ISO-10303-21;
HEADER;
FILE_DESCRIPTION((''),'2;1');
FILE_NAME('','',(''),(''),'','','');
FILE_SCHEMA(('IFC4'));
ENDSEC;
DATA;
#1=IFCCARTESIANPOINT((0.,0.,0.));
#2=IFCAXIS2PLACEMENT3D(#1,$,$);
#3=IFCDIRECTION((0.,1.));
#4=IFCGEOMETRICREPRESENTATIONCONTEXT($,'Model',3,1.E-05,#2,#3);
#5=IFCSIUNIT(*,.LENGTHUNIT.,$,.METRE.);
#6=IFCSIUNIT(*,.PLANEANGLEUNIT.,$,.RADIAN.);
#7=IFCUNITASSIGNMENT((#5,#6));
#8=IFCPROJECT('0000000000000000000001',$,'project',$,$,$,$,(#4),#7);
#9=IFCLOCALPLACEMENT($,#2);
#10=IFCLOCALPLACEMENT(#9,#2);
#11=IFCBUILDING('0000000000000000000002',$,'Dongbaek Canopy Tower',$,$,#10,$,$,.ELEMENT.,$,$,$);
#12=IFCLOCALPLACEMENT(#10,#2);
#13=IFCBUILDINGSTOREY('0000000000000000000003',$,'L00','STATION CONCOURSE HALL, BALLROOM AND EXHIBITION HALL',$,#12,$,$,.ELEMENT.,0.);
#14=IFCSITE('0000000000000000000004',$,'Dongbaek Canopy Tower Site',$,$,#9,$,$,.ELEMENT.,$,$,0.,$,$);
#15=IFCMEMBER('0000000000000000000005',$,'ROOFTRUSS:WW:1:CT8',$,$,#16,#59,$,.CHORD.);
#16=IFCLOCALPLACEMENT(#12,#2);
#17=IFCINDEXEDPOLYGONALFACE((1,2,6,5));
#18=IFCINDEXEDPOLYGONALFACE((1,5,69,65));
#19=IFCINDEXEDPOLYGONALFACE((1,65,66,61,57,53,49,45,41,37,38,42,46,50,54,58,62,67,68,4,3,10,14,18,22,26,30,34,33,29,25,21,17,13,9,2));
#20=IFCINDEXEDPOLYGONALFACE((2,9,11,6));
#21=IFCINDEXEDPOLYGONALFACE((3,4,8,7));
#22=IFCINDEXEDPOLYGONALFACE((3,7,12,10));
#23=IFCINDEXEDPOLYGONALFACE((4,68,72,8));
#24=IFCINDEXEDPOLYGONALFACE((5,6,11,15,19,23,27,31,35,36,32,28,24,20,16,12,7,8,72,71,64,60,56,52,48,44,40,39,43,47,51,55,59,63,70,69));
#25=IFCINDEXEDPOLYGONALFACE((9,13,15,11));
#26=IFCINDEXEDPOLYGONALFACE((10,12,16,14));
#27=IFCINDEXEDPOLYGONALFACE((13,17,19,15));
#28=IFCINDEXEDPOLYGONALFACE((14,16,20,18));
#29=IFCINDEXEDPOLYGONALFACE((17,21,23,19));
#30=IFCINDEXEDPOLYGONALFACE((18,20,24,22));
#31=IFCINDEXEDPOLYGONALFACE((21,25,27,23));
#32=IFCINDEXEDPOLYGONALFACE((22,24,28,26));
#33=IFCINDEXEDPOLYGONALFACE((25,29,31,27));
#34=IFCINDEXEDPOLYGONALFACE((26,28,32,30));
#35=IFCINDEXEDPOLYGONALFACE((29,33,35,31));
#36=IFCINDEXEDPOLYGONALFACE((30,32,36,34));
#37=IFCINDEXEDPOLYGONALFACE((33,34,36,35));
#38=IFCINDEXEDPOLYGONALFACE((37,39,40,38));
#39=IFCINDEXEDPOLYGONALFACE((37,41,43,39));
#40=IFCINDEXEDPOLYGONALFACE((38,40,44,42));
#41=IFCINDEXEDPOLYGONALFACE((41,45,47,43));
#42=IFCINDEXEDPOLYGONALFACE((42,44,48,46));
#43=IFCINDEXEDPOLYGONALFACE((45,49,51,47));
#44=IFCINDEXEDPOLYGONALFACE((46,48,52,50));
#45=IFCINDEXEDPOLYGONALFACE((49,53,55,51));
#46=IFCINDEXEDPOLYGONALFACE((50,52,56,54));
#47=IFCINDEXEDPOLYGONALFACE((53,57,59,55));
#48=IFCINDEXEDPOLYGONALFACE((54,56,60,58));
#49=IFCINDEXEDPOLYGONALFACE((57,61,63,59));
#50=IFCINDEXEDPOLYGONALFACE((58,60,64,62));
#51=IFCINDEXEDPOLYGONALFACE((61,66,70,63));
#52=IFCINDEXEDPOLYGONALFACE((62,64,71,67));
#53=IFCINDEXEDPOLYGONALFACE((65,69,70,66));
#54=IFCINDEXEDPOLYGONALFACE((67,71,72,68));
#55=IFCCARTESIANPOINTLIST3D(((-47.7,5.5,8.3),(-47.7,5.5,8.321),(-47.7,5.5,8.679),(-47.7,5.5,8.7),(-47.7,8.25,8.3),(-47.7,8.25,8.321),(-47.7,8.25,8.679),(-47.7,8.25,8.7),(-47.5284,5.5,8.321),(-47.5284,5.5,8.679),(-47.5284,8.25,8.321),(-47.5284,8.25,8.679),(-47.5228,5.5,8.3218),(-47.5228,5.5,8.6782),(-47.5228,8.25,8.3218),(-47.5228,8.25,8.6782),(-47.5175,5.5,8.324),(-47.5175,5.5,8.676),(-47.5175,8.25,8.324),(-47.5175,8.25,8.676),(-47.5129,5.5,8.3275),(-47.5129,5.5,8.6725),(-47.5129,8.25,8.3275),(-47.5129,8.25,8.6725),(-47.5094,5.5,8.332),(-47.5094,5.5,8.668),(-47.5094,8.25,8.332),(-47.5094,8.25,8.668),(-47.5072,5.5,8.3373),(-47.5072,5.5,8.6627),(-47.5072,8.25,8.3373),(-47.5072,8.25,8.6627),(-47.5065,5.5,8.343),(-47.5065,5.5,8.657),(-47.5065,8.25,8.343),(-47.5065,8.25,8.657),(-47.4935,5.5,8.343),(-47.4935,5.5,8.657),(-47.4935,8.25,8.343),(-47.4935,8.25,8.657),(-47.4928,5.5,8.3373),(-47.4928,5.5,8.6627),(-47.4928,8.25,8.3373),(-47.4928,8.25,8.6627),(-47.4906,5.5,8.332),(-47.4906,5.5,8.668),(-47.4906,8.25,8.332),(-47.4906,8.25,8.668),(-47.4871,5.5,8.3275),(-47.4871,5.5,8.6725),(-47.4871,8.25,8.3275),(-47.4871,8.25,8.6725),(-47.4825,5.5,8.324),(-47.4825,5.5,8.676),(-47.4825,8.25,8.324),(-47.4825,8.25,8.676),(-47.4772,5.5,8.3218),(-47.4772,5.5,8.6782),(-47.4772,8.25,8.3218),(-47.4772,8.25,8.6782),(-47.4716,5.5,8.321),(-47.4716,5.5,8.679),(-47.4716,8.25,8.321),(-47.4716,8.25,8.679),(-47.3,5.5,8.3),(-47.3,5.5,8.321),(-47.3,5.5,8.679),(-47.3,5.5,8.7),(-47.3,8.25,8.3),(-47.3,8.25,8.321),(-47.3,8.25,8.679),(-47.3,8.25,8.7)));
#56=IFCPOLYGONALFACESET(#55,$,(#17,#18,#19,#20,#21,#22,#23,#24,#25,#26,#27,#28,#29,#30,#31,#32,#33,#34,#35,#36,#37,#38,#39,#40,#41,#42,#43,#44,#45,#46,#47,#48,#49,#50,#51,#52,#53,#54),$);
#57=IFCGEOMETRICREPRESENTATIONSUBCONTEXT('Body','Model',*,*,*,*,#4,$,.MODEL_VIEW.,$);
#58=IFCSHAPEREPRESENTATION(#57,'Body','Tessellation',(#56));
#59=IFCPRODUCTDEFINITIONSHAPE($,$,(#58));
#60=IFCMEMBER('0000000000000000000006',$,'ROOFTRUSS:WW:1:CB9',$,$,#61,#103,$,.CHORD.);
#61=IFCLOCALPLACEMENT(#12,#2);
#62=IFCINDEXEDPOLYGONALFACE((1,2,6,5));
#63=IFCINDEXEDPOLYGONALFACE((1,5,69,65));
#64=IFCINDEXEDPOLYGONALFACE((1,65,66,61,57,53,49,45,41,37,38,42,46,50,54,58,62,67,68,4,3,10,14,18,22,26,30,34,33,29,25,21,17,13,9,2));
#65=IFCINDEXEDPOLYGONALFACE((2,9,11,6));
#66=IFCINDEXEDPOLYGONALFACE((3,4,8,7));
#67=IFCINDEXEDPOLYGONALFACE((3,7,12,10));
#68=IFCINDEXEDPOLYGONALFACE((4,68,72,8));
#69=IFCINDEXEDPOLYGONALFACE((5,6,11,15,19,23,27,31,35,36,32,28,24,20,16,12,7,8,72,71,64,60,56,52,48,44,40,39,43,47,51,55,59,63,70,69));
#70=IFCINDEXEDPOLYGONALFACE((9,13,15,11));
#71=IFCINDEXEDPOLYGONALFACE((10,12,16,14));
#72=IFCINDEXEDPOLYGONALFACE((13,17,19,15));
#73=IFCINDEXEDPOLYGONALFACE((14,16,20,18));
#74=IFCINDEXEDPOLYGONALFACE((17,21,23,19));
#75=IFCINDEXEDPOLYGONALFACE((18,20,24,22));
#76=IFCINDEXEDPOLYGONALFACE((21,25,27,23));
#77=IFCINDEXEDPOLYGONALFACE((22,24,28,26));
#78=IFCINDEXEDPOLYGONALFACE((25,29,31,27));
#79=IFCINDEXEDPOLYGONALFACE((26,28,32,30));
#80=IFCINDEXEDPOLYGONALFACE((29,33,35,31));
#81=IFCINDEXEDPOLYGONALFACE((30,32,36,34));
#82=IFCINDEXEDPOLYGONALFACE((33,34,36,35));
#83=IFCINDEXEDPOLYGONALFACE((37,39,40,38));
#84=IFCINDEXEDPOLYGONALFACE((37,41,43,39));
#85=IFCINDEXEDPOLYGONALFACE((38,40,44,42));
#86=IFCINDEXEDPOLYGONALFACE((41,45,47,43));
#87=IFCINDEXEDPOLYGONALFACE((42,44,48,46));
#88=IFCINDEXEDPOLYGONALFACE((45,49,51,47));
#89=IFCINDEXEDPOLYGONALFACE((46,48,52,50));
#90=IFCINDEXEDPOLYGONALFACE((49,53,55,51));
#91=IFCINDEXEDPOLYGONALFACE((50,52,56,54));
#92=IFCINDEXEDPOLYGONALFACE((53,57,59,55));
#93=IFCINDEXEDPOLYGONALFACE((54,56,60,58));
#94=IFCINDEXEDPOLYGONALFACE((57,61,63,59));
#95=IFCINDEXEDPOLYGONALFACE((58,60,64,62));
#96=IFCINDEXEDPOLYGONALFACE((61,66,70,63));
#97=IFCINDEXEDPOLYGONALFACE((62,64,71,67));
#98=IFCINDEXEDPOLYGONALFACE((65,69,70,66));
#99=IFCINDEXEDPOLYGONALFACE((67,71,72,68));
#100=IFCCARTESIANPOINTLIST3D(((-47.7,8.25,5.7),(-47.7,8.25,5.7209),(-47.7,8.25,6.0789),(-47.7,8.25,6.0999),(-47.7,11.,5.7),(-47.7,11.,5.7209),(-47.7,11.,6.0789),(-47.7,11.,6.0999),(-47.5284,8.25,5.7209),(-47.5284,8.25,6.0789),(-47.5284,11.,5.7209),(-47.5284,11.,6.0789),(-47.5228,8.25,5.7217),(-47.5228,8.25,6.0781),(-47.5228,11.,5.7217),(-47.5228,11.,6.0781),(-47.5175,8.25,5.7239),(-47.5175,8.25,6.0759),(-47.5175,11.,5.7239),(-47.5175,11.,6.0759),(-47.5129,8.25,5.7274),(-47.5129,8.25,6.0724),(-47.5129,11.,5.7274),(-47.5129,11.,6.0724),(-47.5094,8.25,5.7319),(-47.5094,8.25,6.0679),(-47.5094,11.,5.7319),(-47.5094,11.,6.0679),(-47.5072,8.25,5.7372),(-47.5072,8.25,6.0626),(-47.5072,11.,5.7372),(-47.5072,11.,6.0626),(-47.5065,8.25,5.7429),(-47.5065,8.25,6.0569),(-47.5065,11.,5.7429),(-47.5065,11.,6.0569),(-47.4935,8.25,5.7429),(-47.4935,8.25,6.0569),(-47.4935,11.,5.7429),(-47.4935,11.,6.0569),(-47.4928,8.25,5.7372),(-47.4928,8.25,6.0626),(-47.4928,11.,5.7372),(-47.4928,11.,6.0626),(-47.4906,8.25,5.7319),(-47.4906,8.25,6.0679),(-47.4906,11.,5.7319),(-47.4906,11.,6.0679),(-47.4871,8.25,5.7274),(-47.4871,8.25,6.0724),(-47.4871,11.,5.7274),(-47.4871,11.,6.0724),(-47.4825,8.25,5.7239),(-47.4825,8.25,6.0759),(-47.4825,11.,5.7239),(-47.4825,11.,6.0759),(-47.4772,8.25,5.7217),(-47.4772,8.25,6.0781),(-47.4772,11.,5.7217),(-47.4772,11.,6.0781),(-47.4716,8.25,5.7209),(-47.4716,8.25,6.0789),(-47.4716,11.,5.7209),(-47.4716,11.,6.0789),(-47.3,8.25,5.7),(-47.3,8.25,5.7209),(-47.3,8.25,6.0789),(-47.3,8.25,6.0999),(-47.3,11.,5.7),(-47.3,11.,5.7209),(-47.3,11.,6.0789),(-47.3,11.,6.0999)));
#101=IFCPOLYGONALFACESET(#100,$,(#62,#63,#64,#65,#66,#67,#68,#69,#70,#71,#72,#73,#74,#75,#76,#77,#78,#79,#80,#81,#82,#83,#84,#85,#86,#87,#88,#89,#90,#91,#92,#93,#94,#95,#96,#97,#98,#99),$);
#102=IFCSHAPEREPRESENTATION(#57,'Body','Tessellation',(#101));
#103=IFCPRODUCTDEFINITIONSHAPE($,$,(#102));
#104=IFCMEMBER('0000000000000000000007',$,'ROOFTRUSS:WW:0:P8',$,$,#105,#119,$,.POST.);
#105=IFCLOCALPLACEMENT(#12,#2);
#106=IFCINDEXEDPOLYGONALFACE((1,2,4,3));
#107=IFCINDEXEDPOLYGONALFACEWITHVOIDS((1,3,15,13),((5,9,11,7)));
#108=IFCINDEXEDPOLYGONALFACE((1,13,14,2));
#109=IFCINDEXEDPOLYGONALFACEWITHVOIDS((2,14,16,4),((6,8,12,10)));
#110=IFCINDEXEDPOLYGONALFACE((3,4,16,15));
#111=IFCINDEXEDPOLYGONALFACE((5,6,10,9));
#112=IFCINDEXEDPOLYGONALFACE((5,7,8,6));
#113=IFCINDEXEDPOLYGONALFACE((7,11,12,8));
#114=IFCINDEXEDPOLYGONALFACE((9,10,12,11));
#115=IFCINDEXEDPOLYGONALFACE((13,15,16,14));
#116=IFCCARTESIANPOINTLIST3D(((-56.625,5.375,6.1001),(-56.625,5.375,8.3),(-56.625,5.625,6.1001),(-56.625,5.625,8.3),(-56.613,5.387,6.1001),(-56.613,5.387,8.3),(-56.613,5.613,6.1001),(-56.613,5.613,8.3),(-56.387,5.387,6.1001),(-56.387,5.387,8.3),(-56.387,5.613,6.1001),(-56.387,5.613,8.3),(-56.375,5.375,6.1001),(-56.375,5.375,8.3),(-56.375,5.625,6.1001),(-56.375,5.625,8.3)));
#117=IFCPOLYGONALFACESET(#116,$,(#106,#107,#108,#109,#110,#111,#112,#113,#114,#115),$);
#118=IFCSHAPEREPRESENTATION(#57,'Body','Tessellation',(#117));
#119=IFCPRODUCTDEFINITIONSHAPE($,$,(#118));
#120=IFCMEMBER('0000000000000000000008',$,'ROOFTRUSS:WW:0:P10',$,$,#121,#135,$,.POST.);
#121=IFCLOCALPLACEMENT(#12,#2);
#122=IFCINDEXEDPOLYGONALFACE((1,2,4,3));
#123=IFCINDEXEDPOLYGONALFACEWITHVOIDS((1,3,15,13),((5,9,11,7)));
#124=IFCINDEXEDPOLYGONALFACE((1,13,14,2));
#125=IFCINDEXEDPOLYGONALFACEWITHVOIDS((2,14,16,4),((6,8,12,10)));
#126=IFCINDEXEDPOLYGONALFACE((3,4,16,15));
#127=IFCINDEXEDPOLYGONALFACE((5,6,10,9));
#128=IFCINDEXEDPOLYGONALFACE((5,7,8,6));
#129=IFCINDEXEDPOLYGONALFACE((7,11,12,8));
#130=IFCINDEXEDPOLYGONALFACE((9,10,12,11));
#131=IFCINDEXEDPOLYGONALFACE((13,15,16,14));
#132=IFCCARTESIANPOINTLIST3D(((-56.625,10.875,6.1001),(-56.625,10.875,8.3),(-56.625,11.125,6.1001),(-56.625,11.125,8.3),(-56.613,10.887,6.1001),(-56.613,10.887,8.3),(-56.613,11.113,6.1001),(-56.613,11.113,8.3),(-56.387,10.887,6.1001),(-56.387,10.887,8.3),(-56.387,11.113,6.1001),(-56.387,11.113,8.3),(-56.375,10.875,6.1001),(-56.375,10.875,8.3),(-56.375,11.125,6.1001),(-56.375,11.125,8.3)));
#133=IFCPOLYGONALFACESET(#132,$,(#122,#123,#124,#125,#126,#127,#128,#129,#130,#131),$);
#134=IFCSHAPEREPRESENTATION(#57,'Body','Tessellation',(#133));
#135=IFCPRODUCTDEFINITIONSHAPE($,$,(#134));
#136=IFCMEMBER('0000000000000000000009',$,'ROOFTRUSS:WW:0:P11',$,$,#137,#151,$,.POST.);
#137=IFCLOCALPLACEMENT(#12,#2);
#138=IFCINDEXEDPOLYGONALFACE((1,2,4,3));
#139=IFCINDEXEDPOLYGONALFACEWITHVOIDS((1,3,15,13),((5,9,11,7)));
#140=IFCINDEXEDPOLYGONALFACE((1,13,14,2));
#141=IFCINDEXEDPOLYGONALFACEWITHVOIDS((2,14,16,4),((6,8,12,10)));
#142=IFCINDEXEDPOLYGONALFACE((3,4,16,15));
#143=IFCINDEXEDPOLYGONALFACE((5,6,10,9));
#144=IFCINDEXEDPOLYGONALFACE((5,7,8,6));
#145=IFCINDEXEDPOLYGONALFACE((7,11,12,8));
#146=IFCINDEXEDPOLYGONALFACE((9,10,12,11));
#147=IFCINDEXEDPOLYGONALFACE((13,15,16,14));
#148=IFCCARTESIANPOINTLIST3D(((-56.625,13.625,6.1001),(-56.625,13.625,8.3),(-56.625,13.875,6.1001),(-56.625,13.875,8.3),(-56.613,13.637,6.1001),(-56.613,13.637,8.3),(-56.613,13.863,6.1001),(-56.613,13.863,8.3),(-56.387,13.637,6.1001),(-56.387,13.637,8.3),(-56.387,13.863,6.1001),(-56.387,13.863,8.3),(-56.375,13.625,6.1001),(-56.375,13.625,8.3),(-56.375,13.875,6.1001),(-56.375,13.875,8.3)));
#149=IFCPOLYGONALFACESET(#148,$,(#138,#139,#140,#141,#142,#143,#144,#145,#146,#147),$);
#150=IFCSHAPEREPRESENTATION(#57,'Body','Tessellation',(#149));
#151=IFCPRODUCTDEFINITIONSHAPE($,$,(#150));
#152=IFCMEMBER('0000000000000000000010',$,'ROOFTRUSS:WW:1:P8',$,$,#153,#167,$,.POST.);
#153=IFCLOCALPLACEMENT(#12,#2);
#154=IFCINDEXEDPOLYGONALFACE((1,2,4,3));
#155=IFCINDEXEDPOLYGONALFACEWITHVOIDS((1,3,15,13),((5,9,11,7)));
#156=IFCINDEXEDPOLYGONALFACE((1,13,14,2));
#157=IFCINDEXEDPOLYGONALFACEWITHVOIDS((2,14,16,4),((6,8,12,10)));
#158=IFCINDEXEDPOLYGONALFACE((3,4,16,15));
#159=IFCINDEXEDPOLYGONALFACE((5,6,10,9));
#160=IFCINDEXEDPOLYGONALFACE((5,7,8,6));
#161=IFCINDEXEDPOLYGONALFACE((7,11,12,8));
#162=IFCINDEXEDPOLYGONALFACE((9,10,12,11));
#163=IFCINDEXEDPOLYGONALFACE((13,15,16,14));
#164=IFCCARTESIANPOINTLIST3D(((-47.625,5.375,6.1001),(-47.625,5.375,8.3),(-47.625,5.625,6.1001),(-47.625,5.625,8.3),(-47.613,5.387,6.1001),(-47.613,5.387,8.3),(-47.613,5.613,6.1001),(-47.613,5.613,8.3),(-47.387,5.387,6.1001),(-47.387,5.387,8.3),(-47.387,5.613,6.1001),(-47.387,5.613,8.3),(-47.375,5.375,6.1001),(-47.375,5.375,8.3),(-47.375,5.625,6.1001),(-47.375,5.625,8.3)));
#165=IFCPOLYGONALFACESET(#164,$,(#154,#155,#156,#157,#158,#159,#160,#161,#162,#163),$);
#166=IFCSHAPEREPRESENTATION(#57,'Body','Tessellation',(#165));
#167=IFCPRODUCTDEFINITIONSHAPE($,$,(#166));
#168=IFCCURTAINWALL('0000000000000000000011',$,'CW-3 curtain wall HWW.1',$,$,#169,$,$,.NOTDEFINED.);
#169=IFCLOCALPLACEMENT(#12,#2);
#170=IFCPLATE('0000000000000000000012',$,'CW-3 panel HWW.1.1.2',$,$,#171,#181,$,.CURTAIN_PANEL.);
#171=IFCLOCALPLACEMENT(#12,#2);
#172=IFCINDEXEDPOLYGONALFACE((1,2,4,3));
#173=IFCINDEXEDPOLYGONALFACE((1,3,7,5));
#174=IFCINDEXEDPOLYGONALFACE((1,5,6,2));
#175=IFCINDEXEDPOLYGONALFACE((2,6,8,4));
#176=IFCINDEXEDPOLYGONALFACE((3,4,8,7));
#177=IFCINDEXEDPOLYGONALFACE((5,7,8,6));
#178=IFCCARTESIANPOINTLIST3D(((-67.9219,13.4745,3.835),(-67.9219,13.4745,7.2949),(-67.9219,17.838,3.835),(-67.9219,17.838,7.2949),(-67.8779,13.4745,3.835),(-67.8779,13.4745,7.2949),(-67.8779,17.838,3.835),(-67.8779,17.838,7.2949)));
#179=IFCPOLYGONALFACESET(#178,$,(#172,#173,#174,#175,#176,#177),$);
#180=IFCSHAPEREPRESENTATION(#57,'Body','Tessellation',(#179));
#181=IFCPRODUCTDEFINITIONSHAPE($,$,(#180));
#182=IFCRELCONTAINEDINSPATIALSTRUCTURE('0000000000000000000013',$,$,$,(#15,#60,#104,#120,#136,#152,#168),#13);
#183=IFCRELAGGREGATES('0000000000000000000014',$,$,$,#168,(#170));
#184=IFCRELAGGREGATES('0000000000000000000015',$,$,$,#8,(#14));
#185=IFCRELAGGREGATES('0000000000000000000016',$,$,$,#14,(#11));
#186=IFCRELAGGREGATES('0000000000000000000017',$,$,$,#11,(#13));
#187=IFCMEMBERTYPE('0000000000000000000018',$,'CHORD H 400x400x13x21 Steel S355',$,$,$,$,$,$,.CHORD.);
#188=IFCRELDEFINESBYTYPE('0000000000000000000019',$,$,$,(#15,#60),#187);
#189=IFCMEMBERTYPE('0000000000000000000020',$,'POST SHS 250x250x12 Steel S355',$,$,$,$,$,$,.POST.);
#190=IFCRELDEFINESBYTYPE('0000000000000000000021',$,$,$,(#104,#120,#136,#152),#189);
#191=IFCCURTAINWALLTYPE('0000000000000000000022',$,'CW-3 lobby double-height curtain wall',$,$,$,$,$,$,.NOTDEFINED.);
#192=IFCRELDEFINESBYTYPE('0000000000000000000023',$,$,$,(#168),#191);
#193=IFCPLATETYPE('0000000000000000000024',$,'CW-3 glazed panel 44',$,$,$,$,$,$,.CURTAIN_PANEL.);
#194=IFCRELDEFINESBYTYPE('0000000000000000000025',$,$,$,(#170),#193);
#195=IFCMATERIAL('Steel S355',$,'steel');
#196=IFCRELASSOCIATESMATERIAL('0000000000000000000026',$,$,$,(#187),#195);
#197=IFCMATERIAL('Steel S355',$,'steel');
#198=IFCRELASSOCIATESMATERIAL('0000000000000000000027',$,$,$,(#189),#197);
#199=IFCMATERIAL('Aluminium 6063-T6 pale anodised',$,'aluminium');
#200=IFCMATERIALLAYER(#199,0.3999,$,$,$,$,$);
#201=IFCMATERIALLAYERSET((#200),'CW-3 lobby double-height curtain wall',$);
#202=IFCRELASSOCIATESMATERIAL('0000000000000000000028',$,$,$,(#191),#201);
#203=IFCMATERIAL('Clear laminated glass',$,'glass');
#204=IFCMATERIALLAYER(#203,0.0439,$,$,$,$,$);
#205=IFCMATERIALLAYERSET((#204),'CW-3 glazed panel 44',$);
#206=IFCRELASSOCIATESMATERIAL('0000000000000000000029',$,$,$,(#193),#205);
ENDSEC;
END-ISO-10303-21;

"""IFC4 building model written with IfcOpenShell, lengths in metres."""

from ifc_helpers import new_model, si_unit, direction, frame, origin, origin_2d, place, context, subcontext, project, spatial, rectangle, hollow_rectangle, i_section, extrude, material, layer, layer_set, material_profile, profile_set, type_object, element, aggregate, save


model = new_model("IFC4")

# Units and contexts
model_context = context("Model", 3, precision=1e-05, world=origin(), true_north=direction((0.0, 1.0)))
body_context = subcontext(model_context, "Body", "Model", "MODEL_VIEW")
ifc_project = project(units=[si_unit("LENGTHUNIT", "METRE"), si_unit("PLANEANGLEUNIT", "RADIAN")], contexts=[model_context])

# Site, building, storey
site_placement = place(None, origin())
site = spatial("IfcSite", under=ifc_project, at=site_placement, Name="Dongbaek Canopy Tower Site", CompositionType="ELEMENT", RefElevation=0.0)
building_placement = place(site_placement, origin())
building = spatial("IfcBuilding", under=site, at=building_placement, Name="Dongbaek Canopy Tower", CompositionType="ELEMENT")
storey_placement = place(building_placement, origin())
storey = spatial("IfcBuildingStorey", under=building, at=storey_placement, Name="L00", Description="STATION CONCOURSE HALL, BALLROOM AND EXHIBITION HALL", CompositionType="ELEMENT", Elevation=0.0)

# Members
ifc_material_1 = material(Name="Steel S355", Category="steel")
ifc_material_profile_1 = material_profile(ifc_material_1, i_section(OverallWidth=0.3999, OverallDepth=0.3999, WebThickness=0.0129, FlangeThickness=0.021, FilletRadius=0.022, at=origin_2d()), Name="CHORD H 400x400x13x21 Steel S355")
ifc_profile_set_1 = profile_set([ifc_material_profile_1], Name="Steel S355")
member_type_1 = type_object("IfcMemberType", Name="CHORD H 400x400x13x21 Steel S355", PredefinedType="CHORD", material=ifc_profile_set_1)
for number, where, z_axis, x_axis, name in (
    (1, (-47.5, 5.5, 8.5), (0.0, 1.0, 0.0), (-1.0, 0.0, 0.0), "ROOFTRUSS:WW:1:CT8"),
    (2, (-47.5, 8.25, 5.8999), (0.0, 1.0, 0.0), (-1.0, 0.0, 0.0), "ROOFTRUSS:WW:1:CB9"),
):
    element("IfcMember", number, at=place(storey_placement, frame(where, z_axis=z_axis, x_axis=x_axis)), inside=storey, type_object=member_type_1, Name=name, PredefinedType="CHORD", context=body_context, shape_type="SweptSolid", body=[
        extrude(i_section(OverallWidth=0.3999, OverallDepth=0.3999, WebThickness=0.0129, FlangeThickness=0.021, FilletRadius=0.022, at=origin_2d()), origin(), (0.0, 0.0, 1.0), 2.75),
    ])
ifc_material_2 = material(Name="Steel S355", Category="steel")
ifc_material_profile_2 = material_profile(ifc_material_2, hollow_rectangle(XDim=0.25, YDim=0.25, WallThickness=0.012, at=origin_2d()), Name="POST SHS 250x250x12 Steel S355")
ifc_profile_set_2 = profile_set([ifc_material_profile_2], Name="Steel S355")
member_type_2 = type_object("IfcMemberType", Name="POST SHS 250x250x12 Steel S355", PredefinedType="POST", material=ifc_profile_set_2)
for number, where, z_axis, x_axis, name in (
    (3, (-56.5, 5.5, 6.1001), (0.0, 0.0, 1.0), (1.0, 0.0, 0.0), "ROOFTRUSS:WW:0:P8"),
    (4, (-56.5, 11.0, 6.1001), (0.0, 0.0, 1.0), (1.0, 0.0, 0.0), "ROOFTRUSS:WW:0:P10"),
    (5, (-56.5, 13.75, 6.1001), (0.0, 0.0, 1.0), (1.0, 0.0, 0.0), "ROOFTRUSS:WW:0:P11"),
    (6, (-47.5, 5.5, 6.1001), (0.0, 0.0, 1.0), (1.0, 0.0, 0.0), "ROOFTRUSS:WW:1:P8"),
):
    element("IfcMember", number, at=place(storey_placement, frame(where, z_axis=z_axis, x_axis=x_axis)), inside=storey, type_object=member_type_2, Name=name, PredefinedType="POST", context=body_context, shape_type="SweptSolid", body=[
        extrude(hollow_rectangle(XDim=0.25, YDim=0.25, WallThickness=0.012, at=origin_2d()), origin(), (0.0, 0.0, 1.0), 2.2),
    ])

# Curtain wall, plate
ifc_material_3 = material(Name="Aluminium 6063-T6 pale anodised", Category="aluminium")
ifc_layer_1 = layer(ifc_material_3, 0.3999)
ifc_layer_set_1 = layer_set([ifc_layer_1], Name="CW-3 lobby double-height curtain wall")
curtain_wall_type = type_object("IfcCurtainWallType", Name="CW-3 lobby double-height curtain wall", PredefinedType="NOTDEFINED", material=ifc_layer_set_1)
curtain_wall_placement = place(storey_placement, origin())
curtain_wall = element("IfcCurtainWall", 7, at=curtain_wall_placement, inside=storey, type_object=curtain_wall_type, Name="CW-3 curtain wall HWW.1", PredefinedType="NOTDEFINED")
ifc_material_4 = material(Name="Clear laminated glass", Category="glass")
ifc_layer_2 = layer(ifc_material_4, 0.0439)
ifc_layer_set_2 = layer_set([ifc_layer_2], Name="CW-3 glazed panel 44")
plate_type = type_object("IfcPlateType", Name="CW-3 glazed panel 44", PredefinedType="CURTAIN_PANEL", material=ifc_layer_set_2)
plate_placement = place(storey_placement, frame((-67.8999, 15.6562, 3.835), z_axis=(0.0, 0.0, 1.0), x_axis=(0.0, -1.0, 0.0)))
plate = element("IfcPlate", 8, at=plate_placement, type_object=plate_type, Name="CW-3 panel HWW.1.1.2", PredefinedType="CURTAIN_PANEL", context=body_context, shape_type="SweptSolid", body=[
    extrude(rectangle(XDim=4.3635, YDim=0.0439, at=origin_2d()), origin(), (0.0, 0.0, 1.0), 3.46),
])
aggregate(curtain_wall, [plate])

save(model, "model.ifc")
